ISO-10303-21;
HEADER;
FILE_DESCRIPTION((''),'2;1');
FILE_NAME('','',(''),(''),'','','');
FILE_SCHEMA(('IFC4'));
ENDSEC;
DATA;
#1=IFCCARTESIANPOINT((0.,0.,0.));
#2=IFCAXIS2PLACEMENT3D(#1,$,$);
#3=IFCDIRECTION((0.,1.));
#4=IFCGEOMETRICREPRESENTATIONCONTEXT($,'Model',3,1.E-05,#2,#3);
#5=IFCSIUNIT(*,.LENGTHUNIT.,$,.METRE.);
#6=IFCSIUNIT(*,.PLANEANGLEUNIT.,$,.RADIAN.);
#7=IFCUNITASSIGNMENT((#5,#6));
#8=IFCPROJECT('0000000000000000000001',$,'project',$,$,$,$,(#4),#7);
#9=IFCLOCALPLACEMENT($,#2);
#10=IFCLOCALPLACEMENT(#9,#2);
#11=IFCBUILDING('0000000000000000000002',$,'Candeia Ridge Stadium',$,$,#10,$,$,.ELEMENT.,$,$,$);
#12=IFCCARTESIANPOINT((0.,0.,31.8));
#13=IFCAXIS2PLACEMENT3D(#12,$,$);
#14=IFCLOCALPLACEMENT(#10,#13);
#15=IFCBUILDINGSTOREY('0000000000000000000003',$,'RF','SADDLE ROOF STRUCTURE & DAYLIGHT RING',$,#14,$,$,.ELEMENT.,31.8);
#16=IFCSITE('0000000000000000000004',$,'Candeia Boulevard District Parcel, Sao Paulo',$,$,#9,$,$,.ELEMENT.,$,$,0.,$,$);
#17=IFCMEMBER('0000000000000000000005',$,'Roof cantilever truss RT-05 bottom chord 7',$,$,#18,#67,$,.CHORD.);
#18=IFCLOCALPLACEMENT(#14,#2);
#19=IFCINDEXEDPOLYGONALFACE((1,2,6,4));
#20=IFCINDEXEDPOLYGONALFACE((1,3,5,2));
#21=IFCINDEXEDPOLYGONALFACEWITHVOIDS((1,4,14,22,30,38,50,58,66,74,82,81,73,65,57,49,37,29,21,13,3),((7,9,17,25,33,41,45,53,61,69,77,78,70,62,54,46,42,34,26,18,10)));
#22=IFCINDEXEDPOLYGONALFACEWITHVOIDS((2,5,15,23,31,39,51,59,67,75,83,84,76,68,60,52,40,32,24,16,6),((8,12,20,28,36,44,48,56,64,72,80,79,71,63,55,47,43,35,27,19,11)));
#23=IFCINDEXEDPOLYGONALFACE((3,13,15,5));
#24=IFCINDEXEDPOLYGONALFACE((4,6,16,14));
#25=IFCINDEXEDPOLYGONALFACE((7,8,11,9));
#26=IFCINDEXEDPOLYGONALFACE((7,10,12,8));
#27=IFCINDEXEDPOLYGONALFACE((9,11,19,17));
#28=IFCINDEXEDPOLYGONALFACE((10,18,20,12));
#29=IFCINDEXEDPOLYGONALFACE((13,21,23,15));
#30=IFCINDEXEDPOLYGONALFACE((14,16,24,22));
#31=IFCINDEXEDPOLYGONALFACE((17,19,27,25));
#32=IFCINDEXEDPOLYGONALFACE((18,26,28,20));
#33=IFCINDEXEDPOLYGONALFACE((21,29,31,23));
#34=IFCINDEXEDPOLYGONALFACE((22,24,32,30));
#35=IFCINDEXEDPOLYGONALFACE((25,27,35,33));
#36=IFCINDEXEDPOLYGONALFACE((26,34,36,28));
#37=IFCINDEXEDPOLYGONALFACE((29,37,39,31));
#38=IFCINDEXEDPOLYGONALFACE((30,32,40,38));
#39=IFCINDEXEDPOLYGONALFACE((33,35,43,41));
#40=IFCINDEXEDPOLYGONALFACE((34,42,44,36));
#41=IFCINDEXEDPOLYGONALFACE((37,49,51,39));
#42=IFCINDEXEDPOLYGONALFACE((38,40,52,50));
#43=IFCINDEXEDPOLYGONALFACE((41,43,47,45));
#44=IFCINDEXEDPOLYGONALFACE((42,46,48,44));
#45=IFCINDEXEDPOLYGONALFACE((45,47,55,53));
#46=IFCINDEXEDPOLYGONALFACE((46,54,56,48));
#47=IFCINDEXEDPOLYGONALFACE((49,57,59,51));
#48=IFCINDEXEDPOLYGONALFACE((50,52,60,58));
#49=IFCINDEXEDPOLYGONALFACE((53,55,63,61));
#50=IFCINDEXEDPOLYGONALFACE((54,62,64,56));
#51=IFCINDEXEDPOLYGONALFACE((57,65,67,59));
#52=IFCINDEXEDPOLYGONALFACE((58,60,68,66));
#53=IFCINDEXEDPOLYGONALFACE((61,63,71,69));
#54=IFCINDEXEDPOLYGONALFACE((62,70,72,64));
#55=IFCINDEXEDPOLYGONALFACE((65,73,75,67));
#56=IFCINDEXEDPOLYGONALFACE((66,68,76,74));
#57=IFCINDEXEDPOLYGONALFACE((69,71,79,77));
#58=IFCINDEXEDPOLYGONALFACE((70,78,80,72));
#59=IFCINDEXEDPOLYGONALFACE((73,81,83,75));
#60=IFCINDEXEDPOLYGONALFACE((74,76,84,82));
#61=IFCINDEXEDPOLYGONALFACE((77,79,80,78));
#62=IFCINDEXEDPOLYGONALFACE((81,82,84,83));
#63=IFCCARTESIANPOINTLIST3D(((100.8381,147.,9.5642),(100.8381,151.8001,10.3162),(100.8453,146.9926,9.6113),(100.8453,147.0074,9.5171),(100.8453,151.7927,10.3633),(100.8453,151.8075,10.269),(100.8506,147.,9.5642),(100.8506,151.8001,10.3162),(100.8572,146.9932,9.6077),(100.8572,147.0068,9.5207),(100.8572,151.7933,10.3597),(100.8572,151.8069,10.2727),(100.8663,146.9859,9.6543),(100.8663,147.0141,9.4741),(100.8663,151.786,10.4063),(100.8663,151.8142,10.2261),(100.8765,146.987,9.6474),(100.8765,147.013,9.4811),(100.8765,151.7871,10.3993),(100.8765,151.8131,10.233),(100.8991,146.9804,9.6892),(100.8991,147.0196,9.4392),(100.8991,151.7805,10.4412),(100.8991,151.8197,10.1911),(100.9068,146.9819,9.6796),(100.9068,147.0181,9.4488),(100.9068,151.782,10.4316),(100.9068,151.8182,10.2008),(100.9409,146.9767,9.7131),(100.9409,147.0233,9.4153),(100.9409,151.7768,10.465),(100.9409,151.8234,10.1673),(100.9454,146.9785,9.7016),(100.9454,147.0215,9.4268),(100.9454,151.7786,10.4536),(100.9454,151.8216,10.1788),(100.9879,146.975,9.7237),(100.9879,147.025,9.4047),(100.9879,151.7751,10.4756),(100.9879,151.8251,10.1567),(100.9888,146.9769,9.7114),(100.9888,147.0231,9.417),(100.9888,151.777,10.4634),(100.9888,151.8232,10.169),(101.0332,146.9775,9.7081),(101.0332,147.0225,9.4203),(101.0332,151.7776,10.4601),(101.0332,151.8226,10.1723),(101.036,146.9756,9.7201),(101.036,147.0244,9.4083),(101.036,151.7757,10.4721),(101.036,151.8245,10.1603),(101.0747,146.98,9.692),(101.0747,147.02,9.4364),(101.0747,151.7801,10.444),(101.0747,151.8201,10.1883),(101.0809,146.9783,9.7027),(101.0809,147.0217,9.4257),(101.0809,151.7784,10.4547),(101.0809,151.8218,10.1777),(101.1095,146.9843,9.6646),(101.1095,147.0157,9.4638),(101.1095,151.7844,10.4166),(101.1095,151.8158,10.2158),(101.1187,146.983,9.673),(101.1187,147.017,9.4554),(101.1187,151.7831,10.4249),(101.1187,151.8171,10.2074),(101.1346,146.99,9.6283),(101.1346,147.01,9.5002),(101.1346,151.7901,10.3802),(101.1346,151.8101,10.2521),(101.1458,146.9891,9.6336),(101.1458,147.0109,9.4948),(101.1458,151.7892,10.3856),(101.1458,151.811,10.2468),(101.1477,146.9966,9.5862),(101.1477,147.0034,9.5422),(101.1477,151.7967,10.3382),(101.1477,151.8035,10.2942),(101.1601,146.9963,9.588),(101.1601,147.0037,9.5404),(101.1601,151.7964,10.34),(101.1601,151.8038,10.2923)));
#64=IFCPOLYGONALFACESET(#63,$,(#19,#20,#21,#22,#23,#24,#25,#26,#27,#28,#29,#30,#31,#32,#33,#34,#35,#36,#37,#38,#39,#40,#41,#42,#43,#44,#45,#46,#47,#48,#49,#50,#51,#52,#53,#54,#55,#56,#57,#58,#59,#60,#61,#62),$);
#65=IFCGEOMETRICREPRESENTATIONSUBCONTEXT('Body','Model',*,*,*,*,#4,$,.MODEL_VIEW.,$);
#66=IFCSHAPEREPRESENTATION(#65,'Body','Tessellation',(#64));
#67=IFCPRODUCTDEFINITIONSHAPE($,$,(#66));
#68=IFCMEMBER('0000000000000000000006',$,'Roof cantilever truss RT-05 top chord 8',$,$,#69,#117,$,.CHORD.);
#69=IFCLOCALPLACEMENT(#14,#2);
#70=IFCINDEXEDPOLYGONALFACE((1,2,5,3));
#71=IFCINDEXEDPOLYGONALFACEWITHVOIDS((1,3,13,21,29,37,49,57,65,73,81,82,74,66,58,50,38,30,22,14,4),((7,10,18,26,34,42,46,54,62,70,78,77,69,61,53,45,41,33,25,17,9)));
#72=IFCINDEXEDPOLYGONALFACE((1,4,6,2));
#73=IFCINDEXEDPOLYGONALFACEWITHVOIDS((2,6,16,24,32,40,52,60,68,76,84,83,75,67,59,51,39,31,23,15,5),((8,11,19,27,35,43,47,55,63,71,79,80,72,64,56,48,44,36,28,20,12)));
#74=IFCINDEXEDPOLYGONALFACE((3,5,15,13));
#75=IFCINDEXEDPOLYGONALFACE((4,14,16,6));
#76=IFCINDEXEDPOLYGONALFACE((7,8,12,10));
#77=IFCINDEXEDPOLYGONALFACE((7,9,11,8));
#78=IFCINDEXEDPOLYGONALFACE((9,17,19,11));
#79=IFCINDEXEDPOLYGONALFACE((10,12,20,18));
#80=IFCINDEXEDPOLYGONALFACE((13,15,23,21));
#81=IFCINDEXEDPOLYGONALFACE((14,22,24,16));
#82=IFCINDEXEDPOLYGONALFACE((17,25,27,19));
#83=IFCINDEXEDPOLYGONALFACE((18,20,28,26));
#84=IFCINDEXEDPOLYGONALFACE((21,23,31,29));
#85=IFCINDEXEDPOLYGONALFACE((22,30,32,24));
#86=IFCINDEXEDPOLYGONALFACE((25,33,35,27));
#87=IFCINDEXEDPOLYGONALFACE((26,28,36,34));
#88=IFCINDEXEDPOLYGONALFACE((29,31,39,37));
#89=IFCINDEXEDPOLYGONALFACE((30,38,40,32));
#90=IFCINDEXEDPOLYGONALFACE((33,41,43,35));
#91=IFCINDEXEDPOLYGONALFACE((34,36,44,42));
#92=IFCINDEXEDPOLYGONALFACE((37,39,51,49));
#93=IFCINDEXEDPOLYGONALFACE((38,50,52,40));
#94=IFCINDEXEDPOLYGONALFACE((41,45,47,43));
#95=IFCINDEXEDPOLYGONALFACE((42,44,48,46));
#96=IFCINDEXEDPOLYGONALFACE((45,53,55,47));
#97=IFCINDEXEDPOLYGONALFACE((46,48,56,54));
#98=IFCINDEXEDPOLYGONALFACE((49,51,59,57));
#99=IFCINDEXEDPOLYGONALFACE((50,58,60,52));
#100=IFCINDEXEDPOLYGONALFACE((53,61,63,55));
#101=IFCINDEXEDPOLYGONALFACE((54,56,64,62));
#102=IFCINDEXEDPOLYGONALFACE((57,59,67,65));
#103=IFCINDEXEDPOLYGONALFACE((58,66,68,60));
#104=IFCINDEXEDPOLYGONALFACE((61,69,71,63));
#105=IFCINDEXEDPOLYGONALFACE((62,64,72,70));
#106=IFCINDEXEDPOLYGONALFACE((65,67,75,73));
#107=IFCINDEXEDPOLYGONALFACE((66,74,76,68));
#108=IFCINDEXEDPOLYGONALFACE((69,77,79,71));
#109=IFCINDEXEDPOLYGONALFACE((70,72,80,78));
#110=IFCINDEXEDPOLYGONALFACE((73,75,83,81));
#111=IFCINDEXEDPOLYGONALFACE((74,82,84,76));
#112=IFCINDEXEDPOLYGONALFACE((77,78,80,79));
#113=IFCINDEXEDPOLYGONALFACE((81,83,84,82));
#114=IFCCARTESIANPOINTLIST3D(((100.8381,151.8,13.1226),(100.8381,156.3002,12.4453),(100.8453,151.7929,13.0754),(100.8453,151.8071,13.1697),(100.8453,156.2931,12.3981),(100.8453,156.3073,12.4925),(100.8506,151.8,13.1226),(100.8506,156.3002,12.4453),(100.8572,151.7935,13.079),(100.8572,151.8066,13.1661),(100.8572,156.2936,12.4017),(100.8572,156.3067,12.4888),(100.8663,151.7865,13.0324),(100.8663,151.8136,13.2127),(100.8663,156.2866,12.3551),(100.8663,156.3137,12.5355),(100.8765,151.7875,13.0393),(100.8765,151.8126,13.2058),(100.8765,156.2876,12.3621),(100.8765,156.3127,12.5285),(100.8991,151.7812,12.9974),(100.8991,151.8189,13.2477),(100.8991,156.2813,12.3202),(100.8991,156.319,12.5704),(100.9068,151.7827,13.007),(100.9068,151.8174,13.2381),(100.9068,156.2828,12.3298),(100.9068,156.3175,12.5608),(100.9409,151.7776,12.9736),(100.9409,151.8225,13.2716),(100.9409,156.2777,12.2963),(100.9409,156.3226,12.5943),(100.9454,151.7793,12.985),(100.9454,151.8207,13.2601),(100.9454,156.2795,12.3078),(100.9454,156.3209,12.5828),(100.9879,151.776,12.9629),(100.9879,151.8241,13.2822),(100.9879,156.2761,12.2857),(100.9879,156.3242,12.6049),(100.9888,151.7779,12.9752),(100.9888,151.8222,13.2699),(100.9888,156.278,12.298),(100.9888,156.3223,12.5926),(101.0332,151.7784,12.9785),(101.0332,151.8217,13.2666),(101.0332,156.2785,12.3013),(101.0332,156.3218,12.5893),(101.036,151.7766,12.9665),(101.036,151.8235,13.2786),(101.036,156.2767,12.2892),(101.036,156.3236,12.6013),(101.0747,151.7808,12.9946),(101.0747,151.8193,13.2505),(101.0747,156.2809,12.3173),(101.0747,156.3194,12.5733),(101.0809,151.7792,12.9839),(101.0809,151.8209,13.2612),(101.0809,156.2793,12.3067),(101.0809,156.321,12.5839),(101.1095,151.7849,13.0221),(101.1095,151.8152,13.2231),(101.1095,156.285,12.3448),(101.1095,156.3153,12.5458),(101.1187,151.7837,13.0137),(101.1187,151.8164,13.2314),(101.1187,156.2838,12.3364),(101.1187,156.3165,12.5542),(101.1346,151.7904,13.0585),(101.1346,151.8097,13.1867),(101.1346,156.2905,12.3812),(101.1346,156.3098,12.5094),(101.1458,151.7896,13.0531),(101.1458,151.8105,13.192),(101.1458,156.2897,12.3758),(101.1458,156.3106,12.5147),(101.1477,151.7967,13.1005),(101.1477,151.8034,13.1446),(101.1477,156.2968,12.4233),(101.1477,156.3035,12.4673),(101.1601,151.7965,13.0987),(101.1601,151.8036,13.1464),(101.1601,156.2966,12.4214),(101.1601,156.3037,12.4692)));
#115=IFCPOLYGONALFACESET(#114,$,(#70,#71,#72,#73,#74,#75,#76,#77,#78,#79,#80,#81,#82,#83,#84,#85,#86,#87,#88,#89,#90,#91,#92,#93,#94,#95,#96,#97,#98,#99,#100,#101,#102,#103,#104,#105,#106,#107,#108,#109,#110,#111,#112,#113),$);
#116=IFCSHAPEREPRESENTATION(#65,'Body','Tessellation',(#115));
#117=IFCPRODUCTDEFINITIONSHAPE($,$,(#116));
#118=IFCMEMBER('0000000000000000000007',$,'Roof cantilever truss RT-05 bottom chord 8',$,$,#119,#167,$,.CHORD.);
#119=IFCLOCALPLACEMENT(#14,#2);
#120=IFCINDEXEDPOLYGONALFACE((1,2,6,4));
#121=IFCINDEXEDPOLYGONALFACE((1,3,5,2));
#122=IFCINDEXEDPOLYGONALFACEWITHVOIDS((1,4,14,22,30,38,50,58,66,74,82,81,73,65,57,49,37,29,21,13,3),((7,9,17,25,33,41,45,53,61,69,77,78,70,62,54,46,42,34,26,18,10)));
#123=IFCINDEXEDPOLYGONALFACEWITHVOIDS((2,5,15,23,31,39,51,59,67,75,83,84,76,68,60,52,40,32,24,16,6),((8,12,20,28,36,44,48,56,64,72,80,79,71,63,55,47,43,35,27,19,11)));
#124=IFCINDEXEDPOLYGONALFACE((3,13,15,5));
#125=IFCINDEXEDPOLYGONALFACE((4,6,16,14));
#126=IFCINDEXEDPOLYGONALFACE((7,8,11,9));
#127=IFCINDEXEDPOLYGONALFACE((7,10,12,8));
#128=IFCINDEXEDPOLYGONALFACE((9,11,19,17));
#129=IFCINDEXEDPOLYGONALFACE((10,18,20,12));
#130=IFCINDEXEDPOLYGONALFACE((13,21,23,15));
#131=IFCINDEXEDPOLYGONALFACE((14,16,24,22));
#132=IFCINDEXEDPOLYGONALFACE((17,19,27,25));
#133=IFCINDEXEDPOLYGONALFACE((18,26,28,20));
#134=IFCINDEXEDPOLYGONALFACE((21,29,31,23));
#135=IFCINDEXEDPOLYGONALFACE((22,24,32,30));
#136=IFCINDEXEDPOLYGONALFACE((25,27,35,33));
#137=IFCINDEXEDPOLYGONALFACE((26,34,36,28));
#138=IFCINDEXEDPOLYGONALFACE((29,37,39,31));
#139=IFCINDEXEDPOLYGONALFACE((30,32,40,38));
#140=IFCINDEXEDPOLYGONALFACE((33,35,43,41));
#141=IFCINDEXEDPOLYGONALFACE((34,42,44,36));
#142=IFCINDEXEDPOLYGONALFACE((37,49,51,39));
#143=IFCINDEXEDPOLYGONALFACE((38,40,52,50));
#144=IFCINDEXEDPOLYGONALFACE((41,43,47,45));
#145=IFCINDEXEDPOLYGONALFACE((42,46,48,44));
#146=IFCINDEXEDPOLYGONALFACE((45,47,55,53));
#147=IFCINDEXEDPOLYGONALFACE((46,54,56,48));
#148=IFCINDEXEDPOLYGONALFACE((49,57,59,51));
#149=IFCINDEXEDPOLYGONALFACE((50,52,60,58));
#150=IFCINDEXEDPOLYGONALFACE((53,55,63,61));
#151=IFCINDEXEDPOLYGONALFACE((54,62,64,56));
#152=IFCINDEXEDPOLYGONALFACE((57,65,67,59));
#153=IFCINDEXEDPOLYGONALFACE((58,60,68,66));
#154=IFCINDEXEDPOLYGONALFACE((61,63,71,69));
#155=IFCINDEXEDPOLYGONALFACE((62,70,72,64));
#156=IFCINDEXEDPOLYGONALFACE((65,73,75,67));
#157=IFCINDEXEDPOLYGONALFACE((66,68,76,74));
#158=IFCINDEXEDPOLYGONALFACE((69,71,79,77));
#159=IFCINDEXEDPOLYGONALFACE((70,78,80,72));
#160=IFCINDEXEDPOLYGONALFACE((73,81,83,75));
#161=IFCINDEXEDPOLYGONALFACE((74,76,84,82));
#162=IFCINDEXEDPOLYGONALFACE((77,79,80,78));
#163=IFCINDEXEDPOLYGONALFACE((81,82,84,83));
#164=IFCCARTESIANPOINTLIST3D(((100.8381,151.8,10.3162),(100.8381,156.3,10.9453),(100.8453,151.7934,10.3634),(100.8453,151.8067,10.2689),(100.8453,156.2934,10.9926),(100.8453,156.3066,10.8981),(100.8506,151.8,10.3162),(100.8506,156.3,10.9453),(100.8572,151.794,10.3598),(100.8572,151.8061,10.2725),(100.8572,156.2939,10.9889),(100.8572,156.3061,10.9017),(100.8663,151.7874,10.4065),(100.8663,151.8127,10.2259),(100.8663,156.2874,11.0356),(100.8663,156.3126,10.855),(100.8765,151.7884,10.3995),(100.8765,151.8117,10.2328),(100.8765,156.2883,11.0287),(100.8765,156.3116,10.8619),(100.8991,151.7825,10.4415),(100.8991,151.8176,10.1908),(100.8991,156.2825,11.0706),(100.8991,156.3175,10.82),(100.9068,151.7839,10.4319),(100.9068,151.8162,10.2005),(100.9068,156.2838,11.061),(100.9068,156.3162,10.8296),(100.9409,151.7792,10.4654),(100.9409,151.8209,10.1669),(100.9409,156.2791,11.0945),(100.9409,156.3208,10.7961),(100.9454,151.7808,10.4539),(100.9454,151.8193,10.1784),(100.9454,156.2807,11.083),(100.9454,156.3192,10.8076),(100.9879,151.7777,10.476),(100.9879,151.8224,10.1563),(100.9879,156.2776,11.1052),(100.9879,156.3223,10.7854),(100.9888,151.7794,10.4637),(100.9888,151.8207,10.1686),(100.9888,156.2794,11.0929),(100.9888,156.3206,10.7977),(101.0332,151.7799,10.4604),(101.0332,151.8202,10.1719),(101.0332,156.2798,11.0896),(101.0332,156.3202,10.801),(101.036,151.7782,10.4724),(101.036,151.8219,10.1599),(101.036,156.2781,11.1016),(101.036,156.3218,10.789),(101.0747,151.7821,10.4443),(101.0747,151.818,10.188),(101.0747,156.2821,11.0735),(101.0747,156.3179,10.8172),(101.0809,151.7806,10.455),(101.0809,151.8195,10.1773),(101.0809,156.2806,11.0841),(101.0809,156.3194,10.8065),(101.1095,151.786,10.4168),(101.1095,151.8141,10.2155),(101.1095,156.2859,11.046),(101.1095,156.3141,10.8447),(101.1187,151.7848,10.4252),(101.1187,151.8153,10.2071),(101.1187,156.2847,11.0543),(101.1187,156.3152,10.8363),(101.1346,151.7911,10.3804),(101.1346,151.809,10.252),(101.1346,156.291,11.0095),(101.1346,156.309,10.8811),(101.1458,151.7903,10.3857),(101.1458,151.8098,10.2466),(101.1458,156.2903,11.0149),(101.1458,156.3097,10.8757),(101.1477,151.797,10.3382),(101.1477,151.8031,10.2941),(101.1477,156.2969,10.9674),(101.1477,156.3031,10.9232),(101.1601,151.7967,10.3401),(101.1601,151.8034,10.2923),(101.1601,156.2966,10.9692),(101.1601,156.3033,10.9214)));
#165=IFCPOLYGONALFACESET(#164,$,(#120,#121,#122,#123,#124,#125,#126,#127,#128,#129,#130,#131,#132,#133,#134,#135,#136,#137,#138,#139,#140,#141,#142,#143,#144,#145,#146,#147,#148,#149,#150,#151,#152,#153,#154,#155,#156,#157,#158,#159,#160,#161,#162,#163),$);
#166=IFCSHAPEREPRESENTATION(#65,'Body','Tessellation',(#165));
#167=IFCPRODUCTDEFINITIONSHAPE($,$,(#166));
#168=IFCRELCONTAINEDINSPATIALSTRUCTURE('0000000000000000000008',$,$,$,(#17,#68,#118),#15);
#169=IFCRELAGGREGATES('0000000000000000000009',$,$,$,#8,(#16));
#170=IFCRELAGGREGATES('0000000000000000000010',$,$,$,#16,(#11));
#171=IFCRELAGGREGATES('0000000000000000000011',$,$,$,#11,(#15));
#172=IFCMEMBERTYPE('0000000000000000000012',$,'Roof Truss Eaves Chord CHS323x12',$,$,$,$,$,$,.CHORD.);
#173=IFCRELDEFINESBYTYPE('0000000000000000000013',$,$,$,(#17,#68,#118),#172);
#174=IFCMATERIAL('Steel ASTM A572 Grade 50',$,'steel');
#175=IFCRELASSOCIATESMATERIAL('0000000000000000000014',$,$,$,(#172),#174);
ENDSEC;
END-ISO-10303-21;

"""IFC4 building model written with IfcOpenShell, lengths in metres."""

from ifc_helpers import new_model, si_unit, direction, frame, origin, origin_2d, place, context, subcontext, project, spatial, hollow_circle, extrude, material, material_profile, profile_set, type_object, element, save


model = new_model("IFC4")

# Units and contexts
model_context = context("Model", 3, precision=1e-05, world=origin(), true_north=direction((0.0, 1.0)))
body_context = subcontext(model_context, "Body", "Model", "MODEL_VIEW")
ifc_project = project(units=[si_unit("LENGTHUNIT", "METRE"), si_unit("PLANEANGLEUNIT", "RADIAN")], contexts=[model_context])

# Site, building, storey
site_placement = place(None, origin())
site = spatial("IfcSite", under=ifc_project, at=site_placement, Name="Candeia Boulevard District Parcel, Sao Paulo", CompositionType="ELEMENT", RefElevation=0.0)
building_placement = place(site_placement, origin())
building = spatial("IfcBuilding", under=site, at=building_placement, Name="Candeia Ridge Stadium", CompositionType="ELEMENT")
storey_placement = place(building_placement, frame((0.0, 0.0, 31.8)))
storey = spatial("IfcBuildingStorey", under=building, at=storey_placement, Name="RF", Description="SADDLE ROOF STRUCTURE & DAYLIGHT RING", CompositionType="ELEMENT", Elevation=31.8)

# Shared definitions
ifc_material_1 = material(Name="Steel ASTM A572 Grade 50", Category="steel")

# Members
ifc_material_profile_1 = material_profile(ifc_material_1, hollow_circle(Radius=0.1619, WallThickness=0.0125, at=origin_2d()), Name="CHS323x12", Category="steel")
ifc_profile_set_1 = profile_set([ifc_material_profile_1], Name="Steel ASTM A572 Grade 50")
member_type_1 = type_object("IfcMemberType", Name="Roof Truss Eaves Chord CHS323x12", PredefinedType="CHORD", material=ifc_profile_set_1)
member_1_placement = place(storey_placement, frame((101.0, 147.0, 9.5642), z_axis=(0.0, 0.987951, 0.154768), x_axis=(-1.0, 0.0, 0.0)))
element("IfcMember", 1, at=member_1_placement, inside=storey, type_object=member_type_1, Name="Roof cantilever truss RT-05 bottom chord 7", PredefinedType="CHORD", context=body_context, shape_type="SweptSolid", body=[
    extrude(hollow_circle(Radius=0.1619, WallThickness=0.0125, at=origin_2d()), origin(), (0.0, 0.0, 1.0), 4.8586),
])
member_2_placement = place(storey_placement, frame((101.0, 151.8, 13.1226), z_axis=(0.0, 0.988864, -0.148823), x_axis=(-1.0, 0.0, 0.0)))
element("IfcMember", 2, at=member_2_placement, inside=storey, type_object=member_type_1, Name="Roof cantilever truss RT-05 top chord 8", PredefinedType="CHORD", context=body_context, shape_type="SweptSolid", body=[
    extrude(hollow_circle(Radius=0.1619, WallThickness=0.0125, at=origin_2d()), origin(), (0.0, 0.0, 1.0), 4.5508),
])
member_3_placement = place(storey_placement, frame((101.0, 151.8, 10.3162), z_axis=(0.0, 0.990367, 0.138464), x_axis=(-1.0, 0.0, 0.0)))
element("IfcMember", 3, at=member_3_placement, inside=storey, type_object=member_type_1, Name="Roof cantilever truss RT-05 bottom chord 8", PredefinedType="CHORD", context=body_context, shape_type="SweptSolid", body=[
    extrude(hollow_circle(Radius=0.1619, WallThickness=0.0125, at=origin_2d()), origin(), (0.0, 0.0, 1.0), 4.5437),
])

save(model, "model.ifc")
